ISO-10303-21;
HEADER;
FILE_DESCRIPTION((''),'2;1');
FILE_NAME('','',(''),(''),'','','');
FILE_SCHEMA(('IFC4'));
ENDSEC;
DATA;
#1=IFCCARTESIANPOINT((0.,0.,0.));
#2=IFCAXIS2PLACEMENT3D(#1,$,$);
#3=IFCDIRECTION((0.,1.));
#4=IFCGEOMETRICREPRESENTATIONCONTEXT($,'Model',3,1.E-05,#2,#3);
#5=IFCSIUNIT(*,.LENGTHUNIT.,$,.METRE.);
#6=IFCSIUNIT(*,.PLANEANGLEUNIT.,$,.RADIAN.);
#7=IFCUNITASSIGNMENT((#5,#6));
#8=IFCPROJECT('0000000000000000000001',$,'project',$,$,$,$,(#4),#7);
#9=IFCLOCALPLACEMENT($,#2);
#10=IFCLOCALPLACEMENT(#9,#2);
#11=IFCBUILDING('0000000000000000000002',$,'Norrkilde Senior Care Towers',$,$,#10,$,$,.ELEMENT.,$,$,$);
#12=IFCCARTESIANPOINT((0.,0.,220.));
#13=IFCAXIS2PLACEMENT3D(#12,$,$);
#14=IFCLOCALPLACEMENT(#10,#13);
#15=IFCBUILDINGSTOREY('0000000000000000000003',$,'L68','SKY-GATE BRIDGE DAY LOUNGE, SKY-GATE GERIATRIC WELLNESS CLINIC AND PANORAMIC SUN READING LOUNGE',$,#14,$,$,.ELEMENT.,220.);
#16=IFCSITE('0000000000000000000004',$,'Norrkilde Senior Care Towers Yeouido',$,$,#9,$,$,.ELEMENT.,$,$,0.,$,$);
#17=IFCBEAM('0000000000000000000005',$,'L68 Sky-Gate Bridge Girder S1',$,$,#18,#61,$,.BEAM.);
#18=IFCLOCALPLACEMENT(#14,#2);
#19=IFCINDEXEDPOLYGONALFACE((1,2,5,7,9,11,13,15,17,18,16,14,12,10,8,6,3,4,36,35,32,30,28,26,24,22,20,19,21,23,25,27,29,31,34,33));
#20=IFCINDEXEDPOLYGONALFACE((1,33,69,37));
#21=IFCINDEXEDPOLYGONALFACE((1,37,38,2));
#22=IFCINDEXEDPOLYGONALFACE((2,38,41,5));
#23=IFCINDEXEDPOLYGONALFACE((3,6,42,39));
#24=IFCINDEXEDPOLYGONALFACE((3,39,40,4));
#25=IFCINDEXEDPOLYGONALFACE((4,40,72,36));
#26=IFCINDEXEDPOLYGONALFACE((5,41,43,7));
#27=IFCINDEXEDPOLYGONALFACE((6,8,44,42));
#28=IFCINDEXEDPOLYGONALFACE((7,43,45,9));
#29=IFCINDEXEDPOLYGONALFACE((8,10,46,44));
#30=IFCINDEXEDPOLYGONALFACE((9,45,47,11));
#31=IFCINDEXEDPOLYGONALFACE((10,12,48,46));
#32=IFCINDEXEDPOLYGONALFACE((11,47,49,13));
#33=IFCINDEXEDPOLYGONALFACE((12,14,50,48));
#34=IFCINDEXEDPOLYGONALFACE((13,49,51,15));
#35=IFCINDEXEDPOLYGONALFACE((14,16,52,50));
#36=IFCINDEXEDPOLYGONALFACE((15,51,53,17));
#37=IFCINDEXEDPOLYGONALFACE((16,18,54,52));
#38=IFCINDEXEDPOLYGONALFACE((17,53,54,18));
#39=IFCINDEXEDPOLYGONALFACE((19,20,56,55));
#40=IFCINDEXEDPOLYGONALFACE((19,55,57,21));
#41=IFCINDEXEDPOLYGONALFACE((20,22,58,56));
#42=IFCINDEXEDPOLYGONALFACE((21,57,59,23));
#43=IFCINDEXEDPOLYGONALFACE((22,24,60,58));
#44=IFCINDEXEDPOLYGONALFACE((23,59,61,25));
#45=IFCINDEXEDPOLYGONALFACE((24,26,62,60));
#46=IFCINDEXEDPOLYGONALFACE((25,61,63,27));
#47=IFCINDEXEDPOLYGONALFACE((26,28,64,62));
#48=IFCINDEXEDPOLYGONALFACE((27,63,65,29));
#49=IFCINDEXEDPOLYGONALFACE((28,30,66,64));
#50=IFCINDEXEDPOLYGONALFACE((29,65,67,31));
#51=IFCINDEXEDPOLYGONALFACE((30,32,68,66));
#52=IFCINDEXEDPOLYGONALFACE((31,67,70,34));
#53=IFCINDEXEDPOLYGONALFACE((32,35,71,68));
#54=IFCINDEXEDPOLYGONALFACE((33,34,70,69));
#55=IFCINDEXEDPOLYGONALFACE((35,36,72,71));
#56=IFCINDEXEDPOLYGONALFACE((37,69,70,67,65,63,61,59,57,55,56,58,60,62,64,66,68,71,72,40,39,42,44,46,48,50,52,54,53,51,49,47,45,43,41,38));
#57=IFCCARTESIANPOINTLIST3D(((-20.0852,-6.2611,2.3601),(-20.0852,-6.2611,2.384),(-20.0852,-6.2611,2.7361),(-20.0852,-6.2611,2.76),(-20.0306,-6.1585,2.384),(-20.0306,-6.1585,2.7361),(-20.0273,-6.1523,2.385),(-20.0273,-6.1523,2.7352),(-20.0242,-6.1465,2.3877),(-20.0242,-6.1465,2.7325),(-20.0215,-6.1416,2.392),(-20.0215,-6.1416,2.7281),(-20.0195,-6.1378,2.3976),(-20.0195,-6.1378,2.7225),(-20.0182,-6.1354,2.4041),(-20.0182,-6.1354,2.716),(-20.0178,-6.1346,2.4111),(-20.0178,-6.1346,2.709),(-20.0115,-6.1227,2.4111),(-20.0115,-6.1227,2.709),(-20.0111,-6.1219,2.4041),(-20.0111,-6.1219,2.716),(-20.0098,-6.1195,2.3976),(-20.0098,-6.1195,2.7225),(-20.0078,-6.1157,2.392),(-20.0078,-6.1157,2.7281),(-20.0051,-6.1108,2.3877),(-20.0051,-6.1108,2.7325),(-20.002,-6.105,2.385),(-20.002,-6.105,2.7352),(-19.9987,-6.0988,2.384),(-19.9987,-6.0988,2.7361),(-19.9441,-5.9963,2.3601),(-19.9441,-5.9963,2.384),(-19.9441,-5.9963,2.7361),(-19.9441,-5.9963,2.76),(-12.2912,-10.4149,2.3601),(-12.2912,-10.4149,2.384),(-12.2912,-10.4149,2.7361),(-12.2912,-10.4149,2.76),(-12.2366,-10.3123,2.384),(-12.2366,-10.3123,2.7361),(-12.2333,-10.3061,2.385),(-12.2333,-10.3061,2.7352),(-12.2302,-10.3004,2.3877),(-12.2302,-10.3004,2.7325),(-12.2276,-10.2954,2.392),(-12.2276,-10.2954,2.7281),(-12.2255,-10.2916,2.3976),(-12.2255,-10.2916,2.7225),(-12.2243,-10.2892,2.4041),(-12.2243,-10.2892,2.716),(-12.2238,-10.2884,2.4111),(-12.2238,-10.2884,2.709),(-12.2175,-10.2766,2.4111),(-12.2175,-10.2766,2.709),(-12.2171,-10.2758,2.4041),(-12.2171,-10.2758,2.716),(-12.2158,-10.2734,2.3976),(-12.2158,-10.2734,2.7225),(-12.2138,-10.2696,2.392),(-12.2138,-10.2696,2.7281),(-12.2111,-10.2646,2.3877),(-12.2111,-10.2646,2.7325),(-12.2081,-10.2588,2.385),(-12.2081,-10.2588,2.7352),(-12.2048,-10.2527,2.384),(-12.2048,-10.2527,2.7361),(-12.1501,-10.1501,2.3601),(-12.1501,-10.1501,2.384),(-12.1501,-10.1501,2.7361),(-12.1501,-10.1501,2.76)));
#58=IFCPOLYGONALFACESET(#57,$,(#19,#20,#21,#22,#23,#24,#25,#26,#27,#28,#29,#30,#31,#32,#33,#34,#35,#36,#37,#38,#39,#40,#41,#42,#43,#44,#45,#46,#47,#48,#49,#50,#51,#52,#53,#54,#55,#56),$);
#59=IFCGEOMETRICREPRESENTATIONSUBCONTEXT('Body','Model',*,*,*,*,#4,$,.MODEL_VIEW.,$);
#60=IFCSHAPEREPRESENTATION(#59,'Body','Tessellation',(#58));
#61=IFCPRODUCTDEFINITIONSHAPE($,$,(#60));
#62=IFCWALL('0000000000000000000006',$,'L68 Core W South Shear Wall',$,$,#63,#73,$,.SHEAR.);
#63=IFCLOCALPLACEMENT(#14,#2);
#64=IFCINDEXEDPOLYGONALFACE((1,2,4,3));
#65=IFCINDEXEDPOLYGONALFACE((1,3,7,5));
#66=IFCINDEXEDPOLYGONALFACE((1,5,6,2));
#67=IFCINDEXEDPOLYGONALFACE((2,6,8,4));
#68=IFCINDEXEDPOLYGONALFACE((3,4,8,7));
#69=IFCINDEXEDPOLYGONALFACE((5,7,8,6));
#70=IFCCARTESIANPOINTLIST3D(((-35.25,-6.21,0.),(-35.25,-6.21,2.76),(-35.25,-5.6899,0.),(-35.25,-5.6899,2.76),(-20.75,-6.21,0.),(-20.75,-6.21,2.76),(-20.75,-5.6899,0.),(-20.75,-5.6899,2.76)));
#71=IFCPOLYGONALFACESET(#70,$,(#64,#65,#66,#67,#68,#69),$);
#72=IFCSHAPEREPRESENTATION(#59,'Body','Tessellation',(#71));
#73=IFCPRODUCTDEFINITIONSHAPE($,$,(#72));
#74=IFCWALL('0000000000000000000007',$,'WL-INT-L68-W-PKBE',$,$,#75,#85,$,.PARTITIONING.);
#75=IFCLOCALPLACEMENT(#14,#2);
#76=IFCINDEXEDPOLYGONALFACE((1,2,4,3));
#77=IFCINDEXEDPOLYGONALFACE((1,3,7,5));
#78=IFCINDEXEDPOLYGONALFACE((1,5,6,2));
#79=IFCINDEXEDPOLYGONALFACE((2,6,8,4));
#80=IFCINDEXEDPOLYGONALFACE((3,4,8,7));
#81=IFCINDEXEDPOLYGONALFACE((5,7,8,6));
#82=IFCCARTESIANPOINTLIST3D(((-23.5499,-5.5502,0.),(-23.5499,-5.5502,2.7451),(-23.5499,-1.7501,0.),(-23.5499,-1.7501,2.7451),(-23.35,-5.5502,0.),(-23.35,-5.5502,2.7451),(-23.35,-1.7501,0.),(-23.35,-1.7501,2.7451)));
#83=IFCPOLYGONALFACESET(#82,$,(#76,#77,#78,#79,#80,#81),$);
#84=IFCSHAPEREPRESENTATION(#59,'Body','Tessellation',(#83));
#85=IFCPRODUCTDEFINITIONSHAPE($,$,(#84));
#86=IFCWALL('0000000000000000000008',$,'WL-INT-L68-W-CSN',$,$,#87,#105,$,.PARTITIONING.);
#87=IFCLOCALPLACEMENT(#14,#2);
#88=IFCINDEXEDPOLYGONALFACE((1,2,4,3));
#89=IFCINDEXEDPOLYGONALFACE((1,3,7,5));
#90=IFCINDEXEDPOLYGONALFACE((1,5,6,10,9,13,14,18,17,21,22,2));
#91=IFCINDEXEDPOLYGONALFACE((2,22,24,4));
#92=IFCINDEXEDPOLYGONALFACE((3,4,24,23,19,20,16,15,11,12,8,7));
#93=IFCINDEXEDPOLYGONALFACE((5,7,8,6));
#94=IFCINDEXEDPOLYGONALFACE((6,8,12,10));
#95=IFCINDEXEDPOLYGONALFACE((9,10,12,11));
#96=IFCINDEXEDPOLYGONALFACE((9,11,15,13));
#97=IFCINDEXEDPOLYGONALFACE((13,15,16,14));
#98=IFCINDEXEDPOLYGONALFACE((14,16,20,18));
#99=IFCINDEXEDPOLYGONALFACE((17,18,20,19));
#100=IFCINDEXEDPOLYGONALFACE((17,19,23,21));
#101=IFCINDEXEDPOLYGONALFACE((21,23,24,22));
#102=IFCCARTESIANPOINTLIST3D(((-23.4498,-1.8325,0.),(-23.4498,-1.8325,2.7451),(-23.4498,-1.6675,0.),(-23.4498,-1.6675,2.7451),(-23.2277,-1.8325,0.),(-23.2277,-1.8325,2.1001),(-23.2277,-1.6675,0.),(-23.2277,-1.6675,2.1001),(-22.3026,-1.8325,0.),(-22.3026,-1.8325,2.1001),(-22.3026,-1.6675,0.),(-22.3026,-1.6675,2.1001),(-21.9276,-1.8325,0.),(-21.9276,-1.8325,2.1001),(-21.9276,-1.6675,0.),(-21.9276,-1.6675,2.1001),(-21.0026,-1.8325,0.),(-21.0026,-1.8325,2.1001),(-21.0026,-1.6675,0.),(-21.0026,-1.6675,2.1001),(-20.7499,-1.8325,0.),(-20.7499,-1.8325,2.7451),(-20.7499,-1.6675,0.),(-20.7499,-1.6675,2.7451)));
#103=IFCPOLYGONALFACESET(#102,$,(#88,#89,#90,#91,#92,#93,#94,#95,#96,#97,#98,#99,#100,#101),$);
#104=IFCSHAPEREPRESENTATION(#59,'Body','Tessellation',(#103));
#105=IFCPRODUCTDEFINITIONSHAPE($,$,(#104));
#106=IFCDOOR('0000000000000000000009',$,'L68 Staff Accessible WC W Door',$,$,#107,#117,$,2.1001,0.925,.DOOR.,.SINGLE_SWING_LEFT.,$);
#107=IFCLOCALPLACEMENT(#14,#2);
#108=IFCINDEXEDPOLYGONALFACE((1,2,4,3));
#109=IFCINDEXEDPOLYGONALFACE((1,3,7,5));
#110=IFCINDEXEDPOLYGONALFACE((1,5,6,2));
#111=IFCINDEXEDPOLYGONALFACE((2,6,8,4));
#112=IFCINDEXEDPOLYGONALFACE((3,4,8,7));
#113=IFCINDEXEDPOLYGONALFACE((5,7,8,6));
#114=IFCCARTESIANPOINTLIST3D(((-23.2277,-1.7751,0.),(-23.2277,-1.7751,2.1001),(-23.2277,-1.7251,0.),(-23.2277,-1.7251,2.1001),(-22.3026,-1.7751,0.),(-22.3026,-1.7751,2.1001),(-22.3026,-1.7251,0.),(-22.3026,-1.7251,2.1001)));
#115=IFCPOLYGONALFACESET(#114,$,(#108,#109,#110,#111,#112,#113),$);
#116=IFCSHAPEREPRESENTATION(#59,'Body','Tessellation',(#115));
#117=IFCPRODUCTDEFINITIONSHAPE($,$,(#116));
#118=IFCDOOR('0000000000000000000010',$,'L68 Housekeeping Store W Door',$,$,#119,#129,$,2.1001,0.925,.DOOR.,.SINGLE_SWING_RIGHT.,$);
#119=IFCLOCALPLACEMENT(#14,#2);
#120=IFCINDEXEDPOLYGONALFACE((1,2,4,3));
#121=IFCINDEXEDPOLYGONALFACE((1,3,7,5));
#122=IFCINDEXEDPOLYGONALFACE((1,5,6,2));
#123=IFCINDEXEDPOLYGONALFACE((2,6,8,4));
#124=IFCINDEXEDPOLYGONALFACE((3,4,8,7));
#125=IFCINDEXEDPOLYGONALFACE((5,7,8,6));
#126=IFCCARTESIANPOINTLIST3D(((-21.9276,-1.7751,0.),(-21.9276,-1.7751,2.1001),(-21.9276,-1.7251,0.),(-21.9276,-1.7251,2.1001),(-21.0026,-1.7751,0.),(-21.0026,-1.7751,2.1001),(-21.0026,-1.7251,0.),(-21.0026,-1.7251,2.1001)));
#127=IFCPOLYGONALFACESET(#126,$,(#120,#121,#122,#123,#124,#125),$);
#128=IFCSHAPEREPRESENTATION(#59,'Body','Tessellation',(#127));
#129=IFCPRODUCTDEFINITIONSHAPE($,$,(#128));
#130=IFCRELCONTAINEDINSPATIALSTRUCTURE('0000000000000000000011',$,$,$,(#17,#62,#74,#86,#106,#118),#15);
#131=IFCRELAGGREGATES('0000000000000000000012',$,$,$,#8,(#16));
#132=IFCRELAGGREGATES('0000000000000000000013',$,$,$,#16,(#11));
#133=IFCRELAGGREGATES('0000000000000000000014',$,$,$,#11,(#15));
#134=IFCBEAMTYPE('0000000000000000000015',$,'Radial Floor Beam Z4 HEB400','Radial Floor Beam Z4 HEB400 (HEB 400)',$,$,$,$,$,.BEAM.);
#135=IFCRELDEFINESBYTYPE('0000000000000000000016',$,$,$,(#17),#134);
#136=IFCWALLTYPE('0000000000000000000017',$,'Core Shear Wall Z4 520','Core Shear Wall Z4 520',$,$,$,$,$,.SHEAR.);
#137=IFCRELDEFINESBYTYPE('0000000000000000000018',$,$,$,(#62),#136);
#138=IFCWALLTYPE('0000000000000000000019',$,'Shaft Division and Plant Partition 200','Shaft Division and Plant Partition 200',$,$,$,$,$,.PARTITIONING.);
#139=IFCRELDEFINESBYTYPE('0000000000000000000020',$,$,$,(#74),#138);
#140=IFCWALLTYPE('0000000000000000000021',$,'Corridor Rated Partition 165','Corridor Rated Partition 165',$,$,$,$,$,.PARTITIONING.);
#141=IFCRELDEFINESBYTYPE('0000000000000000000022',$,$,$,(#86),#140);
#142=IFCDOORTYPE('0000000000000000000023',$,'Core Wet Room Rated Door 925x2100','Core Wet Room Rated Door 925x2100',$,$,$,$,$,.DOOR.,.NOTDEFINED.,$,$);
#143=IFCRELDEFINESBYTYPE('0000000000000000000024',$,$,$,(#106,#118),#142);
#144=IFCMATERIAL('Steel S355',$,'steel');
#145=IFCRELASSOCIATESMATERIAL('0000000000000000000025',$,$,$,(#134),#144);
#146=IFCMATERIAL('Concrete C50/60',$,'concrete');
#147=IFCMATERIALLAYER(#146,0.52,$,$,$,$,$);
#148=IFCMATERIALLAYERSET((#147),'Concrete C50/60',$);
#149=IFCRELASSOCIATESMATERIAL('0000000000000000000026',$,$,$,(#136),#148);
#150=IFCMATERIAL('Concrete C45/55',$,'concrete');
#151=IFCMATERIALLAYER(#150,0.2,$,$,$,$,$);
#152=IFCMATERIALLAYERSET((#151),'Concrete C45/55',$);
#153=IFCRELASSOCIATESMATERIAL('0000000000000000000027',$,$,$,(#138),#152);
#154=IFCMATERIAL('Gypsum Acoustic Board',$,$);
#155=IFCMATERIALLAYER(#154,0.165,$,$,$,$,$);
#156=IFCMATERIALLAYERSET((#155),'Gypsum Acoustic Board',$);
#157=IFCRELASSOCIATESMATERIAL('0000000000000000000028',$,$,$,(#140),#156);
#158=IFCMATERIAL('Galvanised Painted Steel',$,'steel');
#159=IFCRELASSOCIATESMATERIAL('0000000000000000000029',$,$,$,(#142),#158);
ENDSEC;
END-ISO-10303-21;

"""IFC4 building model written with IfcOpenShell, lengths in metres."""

from ifc_helpers import new_model, si_unit, direction, frame, frame_2d, origin, origin_2d, place, context, subcontext, project, spatial, rectangle, i_section, extrude, source, transform, mapped, material, layer, layer_set, material_profile, profile_set, type_object, type_shapes, element, fill, save


model = new_model("IFC4")

# Units and contexts
model_context = context("Model", 3, precision=1e-05, world=origin(), true_north=direction((0.0, 1.0)))
body_context = subcontext(model_context, "Body", "Model", "MODEL_VIEW")
ifc_project = project(units=[si_unit("LENGTHUNIT", "METRE"), si_unit("PLANEANGLEUNIT", "RADIAN")], contexts=[model_context])

# Site, building, storey
site_placement = place(None, origin())
site = spatial("IfcSite", under=ifc_project, at=site_placement, Name="Norrkilde Senior Care Towers Yeouido", CompositionType="ELEMENT", RefElevation=0.0)
building_placement = place(site_placement, origin())
building = spatial("IfcBuilding", under=site, at=building_placement, Name="Norrkilde Senior Care Towers", CompositionType="ELEMENT")
storey_placement = place(building_placement, frame((0.0, 0.0, 220.0)))
storey = spatial("IfcBuildingStorey", under=building, at=storey_placement, Name="L68", Description="SKY-GATE BRIDGE DAY LOUNGE, SKY-GATE GERIATRIC WELLNESS CLINIC AND PANORAMIC SUN READING LOUNGE", CompositionType="ELEMENT", Elevation=220.0)

# Shared definitions
ifc_material_1 = material(Name="Concrete C50/60", Category="concrete")

# Beam
ifc_material_2 = material(Name="Steel S355", Category="steel")
ifc_material_profile_1 = material_profile(ifc_material_2, i_section(OverallWidth=0.3, OverallDepth=0.3999, WebThickness=0.0134, FlangeThickness=0.0239, FilletRadius=0.0271, at=origin_2d()), Name="HEB 400")
ifc_profile_set_1 = profile_set([ifc_material_profile_1], Name="Steel S355")
beam_type_1 = type_object("IfcBeamType", Name="Radial Floor Beam Z4 HEB400", Description="Radial Floor Beam Z4 HEB400 (HEB 400)", PredefinedType="BEAM", material=ifc_profile_set_1)
shared_shape_1 = source(origin(), body_context, "Body", "SweptSolid", [
    extrude(i_section(OverallWidth=0.3, OverallDepth=0.3999, WebThickness=0.0134, FlangeThickness=0.0239, FilletRadius=0.0271, at=origin_2d()), origin(), (0.0, 0.0, 1.0), 8.8318),
])
beam_1_placement = place(storey_placement, frame((-20.0146, -6.1287, 2.5601), z_axis=(0.882492, -0.470327, 0.0), x_axis=(0.470327, 0.882492, 0.0)))
element("IfcBeam", 1, at=beam_1_placement, inside=storey, type_object=beam_type_1, Name="L68 Sky-Gate Bridge Girder S1", PredefinedType="BEAM", context=body_context, shape_type="MappedRepresentation", body=[
    mapped(shared_shape_1, transform((0.0, 0.0, 0.0), x_axis=(1.0, 0.0, 0.0), y_axis=(0.0, 1.0, 0.0), z_axis=(0.0, 0.0, 1.0), scale=1.0)),
])

# Walls
ifc_layer_1 = layer(ifc_material_1, 0.52)
ifc_layer_set_1 = layer_set([ifc_layer_1], Name="Concrete C50/60")
wall_type_1 = type_object("IfcWallType", Name="Core Shear Wall Z4 520", Description="Core Shear Wall Z4 520", PredefinedType="SHEAR", material=ifc_layer_set_1)
shared_shape_2 = source(origin(), body_context, "Body", "SweptSolid", [
    extrude(rectangle(XDim=14.5, YDim=0.52, at=frame_2d((7.25, 0.0))), origin(), (0.0, 0.0, 1.0), 2.76),
])
type_shapes(wall_type_1, [shared_shape_2])
wall_1_placement = place(storey_placement, frame((-20.75, -5.95, 0.0), z_axis=(0.0, 0.0, 1.0), x_axis=(-1.0, 0.0, 0.0)))
element("IfcWall", 2, at=wall_1_placement, inside=storey, type_object=wall_type_1, Name="L68 Core W South Shear Wall", PredefinedType="SHEAR", context=body_context, shape_type="MappedRepresentation", body=[
    mapped(shared_shape_2, transform((0.0, 0.0, 0.0), x_axis=(1.0, 0.0, 0.0), y_axis=(0.0, 1.0, 0.0), z_axis=(0.0, 0.0, 1.0), scale=1.0)),
])
ifc_material_3 = material(Name="Concrete C45/55", Category="concrete")
ifc_layer_2 = layer(ifc_material_3, 0.2)
ifc_layer_set_2 = layer_set([ifc_layer_2], Name="Concrete C45/55")
wall_type_2 = type_object("IfcWallType", Name="Shaft Division and Plant Partition 200", Description="Shaft Division and Plant Partition 200", PredefinedType="PARTITIONING", material=ifc_layer_set_2)
shared_shape_3 = source(origin(), body_context, "Body", "SweptSolid", [
    extrude(rectangle(XDim=3.8, YDim=0.2, at=frame_2d((1.8999, 0.0))), origin(), (0.0, 0.0, 1.0), 2.7451),
])
type_shapes(wall_type_2, [shared_shape_3])
wall_2_placement = place(storey_placement, frame((-23.45, -5.55, 0.0), z_axis=(0.0, 0.0, 1.0), x_axis=(0.0, 1.0, 0.0)))
element("IfcWall", 3, at=wall_2_placement, inside=storey, type_object=wall_type_2, Name="WL-INT-L68-W-PKBE", PredefinedType="PARTITIONING", context=body_context, shape_type="MappedRepresentation", body=[
    mapped(shared_shape_3, transform((0.0, 0.0, 0.0), x_axis=(1.0, 0.0, 0.0), y_axis=(0.0, 1.0, 0.0), z_axis=(0.0, 0.0, 1.0), scale=1.0)),
])

# Wall, openings, doors
ifc_material_4 = material(Name="Gypsum Acoustic Board")
ifc_layer_3 = layer(ifc_material_4, 0.165)
ifc_layer_set_3 = layer_set([ifc_layer_3], Name="Gypsum Acoustic Board")
wall_type_3 = type_object("IfcWallType", Name="Corridor Rated Partition 165", Description="Corridor Rated Partition 165", PredefinedType="PARTITIONING", material=ifc_layer_set_3)
shared_shape_4 = source(origin(), body_context, "Body", "SweptSolid", [
    extrude(rectangle(XDim=2.7, YDim=0.165, at=frame_2d((1.3501, 0.0))), origin(), (0.0, 0.0, 1.0), 2.7451),
])
wall_3_placement = place(storey_placement, frame((-23.45, -1.75, 0.0), z_axis=(0.0, 0.0, 1.0), x_axis=(1.0, 0.0, 0.0)))
wall_3 = element("IfcWall", 4, at=wall_3_placement, inside=storey, type_object=wall_type_3, Name="WL-INT-L68-W-CSN", PredefinedType="PARTITIONING", context=body_context, shape_type="MappedRepresentation", body=[
    mapped(shared_shape_4, transform((0.0, 0.0, 0.0), x_axis=(1.0, 0.0, 0.0), y_axis=(0.0, 1.0, 0.0), z_axis=(0.0, 0.0, 1.0), scale=1.0)),
])
opening_1_placement = place(wall_3_placement, frame((0.2224, 0.0, 0.0)))
opening_1 = element("IfcOpeningElement", 5, at=opening_1_placement, cuts=wall_3, PredefinedType="OPENING", context=body_context, shape_type="SweptSolid", body=[
    extrude(rectangle(XDim=0.925, YDim=2.1001, at=frame_2d((0.4624, 1.05))), frame((0.0, 0.0925, 0.0), z_axis=(0.0, -1.0, 0.0), x_axis=(1.0, 0.0, 0.0)), (0.0, 0.0, 1.0), 0.1851),
])
opening_2_placement = place(wall_3_placement, frame((1.5225, 0.0, 0.0)))
opening_2 = element("IfcOpeningElement", 6, at=opening_2_placement, cuts=wall_3, PredefinedType="OPENING", context=body_context, shape_type="SweptSolid", body=[
    extrude(rectangle(XDim=0.925, YDim=2.1001, at=frame_2d((0.4624, 1.05))), frame((0.0, 0.0925, 0.0), z_axis=(0.0, -1.0, 0.0), x_axis=(1.0, 0.0, 0.0)), (0.0, 0.0, 1.0), 0.1851),
])
ifc_material_5 = material(Name="Galvanised Painted Steel", Category="steel")
door_type_1 = type_object("IfcDoorType", Name="Core Wet Room Rated Door 925x2100", Description="Core Wet Room Rated Door 925x2100", OperationType="NOTDEFINED", PredefinedType="DOOR", material=ifc_material_5)
shared_shape_5 = source(origin(), body_context, "Body", "SweptSolid", [
    extrude(rectangle(XDim=0.925, YDim=2.1001, at=frame_2d((0.4624, 1.05))), frame((0.0, 0.0249, 0.0), z_axis=(0.0, -1.0, 0.0), x_axis=(1.0, 0.0, 0.0)), (0.0, 0.0, 1.0), 0.05),
])
type_shapes(door_type_1, [shared_shape_5])
door_1_placement = place(opening_1_placement, origin())
door_1 = element("IfcDoor", 7, at=door_1_placement, inside=storey, type_object=door_type_1, Name="L68 Staff Accessible WC W Door", OperationType="SINGLE_SWING_LEFT", OverallHeight=2.1001, OverallWidth=0.925, PredefinedType="DOOR", context=body_context, shape_type="MappedRepresentation", body=[
    mapped(shared_shape_5, transform((0.0, 0.0, 0.0), x_axis=(1.0, 0.0, 0.0), y_axis=(0.0, 1.0, 0.0), z_axis=(0.0, 0.0, 1.0), scale=1.0)),
])
fill(opening_1, door_1)
door_2_placement = place(opening_2_placement, origin())
door_2 = element("IfcDoor", 8, at=door_2_placement, inside=storey, type_object=door_type_1, Name="L68 Housekeeping Store W Door", OperationType="SINGLE_SWING_RIGHT", OverallHeight=2.1001, OverallWidth=0.925, PredefinedType="DOOR", context=body_context, shape_type="MappedRepresentation", body=[
    mapped(shared_shape_5, transform((0.0, 0.0, 0.0), x_axis=(1.0, 0.0, 0.0), y_axis=(0.0, 1.0, 0.0), z_axis=(0.0, 0.0, 1.0), scale=1.0)),
])
fill(opening_2, door_2)

save(model, "model.ifc")
